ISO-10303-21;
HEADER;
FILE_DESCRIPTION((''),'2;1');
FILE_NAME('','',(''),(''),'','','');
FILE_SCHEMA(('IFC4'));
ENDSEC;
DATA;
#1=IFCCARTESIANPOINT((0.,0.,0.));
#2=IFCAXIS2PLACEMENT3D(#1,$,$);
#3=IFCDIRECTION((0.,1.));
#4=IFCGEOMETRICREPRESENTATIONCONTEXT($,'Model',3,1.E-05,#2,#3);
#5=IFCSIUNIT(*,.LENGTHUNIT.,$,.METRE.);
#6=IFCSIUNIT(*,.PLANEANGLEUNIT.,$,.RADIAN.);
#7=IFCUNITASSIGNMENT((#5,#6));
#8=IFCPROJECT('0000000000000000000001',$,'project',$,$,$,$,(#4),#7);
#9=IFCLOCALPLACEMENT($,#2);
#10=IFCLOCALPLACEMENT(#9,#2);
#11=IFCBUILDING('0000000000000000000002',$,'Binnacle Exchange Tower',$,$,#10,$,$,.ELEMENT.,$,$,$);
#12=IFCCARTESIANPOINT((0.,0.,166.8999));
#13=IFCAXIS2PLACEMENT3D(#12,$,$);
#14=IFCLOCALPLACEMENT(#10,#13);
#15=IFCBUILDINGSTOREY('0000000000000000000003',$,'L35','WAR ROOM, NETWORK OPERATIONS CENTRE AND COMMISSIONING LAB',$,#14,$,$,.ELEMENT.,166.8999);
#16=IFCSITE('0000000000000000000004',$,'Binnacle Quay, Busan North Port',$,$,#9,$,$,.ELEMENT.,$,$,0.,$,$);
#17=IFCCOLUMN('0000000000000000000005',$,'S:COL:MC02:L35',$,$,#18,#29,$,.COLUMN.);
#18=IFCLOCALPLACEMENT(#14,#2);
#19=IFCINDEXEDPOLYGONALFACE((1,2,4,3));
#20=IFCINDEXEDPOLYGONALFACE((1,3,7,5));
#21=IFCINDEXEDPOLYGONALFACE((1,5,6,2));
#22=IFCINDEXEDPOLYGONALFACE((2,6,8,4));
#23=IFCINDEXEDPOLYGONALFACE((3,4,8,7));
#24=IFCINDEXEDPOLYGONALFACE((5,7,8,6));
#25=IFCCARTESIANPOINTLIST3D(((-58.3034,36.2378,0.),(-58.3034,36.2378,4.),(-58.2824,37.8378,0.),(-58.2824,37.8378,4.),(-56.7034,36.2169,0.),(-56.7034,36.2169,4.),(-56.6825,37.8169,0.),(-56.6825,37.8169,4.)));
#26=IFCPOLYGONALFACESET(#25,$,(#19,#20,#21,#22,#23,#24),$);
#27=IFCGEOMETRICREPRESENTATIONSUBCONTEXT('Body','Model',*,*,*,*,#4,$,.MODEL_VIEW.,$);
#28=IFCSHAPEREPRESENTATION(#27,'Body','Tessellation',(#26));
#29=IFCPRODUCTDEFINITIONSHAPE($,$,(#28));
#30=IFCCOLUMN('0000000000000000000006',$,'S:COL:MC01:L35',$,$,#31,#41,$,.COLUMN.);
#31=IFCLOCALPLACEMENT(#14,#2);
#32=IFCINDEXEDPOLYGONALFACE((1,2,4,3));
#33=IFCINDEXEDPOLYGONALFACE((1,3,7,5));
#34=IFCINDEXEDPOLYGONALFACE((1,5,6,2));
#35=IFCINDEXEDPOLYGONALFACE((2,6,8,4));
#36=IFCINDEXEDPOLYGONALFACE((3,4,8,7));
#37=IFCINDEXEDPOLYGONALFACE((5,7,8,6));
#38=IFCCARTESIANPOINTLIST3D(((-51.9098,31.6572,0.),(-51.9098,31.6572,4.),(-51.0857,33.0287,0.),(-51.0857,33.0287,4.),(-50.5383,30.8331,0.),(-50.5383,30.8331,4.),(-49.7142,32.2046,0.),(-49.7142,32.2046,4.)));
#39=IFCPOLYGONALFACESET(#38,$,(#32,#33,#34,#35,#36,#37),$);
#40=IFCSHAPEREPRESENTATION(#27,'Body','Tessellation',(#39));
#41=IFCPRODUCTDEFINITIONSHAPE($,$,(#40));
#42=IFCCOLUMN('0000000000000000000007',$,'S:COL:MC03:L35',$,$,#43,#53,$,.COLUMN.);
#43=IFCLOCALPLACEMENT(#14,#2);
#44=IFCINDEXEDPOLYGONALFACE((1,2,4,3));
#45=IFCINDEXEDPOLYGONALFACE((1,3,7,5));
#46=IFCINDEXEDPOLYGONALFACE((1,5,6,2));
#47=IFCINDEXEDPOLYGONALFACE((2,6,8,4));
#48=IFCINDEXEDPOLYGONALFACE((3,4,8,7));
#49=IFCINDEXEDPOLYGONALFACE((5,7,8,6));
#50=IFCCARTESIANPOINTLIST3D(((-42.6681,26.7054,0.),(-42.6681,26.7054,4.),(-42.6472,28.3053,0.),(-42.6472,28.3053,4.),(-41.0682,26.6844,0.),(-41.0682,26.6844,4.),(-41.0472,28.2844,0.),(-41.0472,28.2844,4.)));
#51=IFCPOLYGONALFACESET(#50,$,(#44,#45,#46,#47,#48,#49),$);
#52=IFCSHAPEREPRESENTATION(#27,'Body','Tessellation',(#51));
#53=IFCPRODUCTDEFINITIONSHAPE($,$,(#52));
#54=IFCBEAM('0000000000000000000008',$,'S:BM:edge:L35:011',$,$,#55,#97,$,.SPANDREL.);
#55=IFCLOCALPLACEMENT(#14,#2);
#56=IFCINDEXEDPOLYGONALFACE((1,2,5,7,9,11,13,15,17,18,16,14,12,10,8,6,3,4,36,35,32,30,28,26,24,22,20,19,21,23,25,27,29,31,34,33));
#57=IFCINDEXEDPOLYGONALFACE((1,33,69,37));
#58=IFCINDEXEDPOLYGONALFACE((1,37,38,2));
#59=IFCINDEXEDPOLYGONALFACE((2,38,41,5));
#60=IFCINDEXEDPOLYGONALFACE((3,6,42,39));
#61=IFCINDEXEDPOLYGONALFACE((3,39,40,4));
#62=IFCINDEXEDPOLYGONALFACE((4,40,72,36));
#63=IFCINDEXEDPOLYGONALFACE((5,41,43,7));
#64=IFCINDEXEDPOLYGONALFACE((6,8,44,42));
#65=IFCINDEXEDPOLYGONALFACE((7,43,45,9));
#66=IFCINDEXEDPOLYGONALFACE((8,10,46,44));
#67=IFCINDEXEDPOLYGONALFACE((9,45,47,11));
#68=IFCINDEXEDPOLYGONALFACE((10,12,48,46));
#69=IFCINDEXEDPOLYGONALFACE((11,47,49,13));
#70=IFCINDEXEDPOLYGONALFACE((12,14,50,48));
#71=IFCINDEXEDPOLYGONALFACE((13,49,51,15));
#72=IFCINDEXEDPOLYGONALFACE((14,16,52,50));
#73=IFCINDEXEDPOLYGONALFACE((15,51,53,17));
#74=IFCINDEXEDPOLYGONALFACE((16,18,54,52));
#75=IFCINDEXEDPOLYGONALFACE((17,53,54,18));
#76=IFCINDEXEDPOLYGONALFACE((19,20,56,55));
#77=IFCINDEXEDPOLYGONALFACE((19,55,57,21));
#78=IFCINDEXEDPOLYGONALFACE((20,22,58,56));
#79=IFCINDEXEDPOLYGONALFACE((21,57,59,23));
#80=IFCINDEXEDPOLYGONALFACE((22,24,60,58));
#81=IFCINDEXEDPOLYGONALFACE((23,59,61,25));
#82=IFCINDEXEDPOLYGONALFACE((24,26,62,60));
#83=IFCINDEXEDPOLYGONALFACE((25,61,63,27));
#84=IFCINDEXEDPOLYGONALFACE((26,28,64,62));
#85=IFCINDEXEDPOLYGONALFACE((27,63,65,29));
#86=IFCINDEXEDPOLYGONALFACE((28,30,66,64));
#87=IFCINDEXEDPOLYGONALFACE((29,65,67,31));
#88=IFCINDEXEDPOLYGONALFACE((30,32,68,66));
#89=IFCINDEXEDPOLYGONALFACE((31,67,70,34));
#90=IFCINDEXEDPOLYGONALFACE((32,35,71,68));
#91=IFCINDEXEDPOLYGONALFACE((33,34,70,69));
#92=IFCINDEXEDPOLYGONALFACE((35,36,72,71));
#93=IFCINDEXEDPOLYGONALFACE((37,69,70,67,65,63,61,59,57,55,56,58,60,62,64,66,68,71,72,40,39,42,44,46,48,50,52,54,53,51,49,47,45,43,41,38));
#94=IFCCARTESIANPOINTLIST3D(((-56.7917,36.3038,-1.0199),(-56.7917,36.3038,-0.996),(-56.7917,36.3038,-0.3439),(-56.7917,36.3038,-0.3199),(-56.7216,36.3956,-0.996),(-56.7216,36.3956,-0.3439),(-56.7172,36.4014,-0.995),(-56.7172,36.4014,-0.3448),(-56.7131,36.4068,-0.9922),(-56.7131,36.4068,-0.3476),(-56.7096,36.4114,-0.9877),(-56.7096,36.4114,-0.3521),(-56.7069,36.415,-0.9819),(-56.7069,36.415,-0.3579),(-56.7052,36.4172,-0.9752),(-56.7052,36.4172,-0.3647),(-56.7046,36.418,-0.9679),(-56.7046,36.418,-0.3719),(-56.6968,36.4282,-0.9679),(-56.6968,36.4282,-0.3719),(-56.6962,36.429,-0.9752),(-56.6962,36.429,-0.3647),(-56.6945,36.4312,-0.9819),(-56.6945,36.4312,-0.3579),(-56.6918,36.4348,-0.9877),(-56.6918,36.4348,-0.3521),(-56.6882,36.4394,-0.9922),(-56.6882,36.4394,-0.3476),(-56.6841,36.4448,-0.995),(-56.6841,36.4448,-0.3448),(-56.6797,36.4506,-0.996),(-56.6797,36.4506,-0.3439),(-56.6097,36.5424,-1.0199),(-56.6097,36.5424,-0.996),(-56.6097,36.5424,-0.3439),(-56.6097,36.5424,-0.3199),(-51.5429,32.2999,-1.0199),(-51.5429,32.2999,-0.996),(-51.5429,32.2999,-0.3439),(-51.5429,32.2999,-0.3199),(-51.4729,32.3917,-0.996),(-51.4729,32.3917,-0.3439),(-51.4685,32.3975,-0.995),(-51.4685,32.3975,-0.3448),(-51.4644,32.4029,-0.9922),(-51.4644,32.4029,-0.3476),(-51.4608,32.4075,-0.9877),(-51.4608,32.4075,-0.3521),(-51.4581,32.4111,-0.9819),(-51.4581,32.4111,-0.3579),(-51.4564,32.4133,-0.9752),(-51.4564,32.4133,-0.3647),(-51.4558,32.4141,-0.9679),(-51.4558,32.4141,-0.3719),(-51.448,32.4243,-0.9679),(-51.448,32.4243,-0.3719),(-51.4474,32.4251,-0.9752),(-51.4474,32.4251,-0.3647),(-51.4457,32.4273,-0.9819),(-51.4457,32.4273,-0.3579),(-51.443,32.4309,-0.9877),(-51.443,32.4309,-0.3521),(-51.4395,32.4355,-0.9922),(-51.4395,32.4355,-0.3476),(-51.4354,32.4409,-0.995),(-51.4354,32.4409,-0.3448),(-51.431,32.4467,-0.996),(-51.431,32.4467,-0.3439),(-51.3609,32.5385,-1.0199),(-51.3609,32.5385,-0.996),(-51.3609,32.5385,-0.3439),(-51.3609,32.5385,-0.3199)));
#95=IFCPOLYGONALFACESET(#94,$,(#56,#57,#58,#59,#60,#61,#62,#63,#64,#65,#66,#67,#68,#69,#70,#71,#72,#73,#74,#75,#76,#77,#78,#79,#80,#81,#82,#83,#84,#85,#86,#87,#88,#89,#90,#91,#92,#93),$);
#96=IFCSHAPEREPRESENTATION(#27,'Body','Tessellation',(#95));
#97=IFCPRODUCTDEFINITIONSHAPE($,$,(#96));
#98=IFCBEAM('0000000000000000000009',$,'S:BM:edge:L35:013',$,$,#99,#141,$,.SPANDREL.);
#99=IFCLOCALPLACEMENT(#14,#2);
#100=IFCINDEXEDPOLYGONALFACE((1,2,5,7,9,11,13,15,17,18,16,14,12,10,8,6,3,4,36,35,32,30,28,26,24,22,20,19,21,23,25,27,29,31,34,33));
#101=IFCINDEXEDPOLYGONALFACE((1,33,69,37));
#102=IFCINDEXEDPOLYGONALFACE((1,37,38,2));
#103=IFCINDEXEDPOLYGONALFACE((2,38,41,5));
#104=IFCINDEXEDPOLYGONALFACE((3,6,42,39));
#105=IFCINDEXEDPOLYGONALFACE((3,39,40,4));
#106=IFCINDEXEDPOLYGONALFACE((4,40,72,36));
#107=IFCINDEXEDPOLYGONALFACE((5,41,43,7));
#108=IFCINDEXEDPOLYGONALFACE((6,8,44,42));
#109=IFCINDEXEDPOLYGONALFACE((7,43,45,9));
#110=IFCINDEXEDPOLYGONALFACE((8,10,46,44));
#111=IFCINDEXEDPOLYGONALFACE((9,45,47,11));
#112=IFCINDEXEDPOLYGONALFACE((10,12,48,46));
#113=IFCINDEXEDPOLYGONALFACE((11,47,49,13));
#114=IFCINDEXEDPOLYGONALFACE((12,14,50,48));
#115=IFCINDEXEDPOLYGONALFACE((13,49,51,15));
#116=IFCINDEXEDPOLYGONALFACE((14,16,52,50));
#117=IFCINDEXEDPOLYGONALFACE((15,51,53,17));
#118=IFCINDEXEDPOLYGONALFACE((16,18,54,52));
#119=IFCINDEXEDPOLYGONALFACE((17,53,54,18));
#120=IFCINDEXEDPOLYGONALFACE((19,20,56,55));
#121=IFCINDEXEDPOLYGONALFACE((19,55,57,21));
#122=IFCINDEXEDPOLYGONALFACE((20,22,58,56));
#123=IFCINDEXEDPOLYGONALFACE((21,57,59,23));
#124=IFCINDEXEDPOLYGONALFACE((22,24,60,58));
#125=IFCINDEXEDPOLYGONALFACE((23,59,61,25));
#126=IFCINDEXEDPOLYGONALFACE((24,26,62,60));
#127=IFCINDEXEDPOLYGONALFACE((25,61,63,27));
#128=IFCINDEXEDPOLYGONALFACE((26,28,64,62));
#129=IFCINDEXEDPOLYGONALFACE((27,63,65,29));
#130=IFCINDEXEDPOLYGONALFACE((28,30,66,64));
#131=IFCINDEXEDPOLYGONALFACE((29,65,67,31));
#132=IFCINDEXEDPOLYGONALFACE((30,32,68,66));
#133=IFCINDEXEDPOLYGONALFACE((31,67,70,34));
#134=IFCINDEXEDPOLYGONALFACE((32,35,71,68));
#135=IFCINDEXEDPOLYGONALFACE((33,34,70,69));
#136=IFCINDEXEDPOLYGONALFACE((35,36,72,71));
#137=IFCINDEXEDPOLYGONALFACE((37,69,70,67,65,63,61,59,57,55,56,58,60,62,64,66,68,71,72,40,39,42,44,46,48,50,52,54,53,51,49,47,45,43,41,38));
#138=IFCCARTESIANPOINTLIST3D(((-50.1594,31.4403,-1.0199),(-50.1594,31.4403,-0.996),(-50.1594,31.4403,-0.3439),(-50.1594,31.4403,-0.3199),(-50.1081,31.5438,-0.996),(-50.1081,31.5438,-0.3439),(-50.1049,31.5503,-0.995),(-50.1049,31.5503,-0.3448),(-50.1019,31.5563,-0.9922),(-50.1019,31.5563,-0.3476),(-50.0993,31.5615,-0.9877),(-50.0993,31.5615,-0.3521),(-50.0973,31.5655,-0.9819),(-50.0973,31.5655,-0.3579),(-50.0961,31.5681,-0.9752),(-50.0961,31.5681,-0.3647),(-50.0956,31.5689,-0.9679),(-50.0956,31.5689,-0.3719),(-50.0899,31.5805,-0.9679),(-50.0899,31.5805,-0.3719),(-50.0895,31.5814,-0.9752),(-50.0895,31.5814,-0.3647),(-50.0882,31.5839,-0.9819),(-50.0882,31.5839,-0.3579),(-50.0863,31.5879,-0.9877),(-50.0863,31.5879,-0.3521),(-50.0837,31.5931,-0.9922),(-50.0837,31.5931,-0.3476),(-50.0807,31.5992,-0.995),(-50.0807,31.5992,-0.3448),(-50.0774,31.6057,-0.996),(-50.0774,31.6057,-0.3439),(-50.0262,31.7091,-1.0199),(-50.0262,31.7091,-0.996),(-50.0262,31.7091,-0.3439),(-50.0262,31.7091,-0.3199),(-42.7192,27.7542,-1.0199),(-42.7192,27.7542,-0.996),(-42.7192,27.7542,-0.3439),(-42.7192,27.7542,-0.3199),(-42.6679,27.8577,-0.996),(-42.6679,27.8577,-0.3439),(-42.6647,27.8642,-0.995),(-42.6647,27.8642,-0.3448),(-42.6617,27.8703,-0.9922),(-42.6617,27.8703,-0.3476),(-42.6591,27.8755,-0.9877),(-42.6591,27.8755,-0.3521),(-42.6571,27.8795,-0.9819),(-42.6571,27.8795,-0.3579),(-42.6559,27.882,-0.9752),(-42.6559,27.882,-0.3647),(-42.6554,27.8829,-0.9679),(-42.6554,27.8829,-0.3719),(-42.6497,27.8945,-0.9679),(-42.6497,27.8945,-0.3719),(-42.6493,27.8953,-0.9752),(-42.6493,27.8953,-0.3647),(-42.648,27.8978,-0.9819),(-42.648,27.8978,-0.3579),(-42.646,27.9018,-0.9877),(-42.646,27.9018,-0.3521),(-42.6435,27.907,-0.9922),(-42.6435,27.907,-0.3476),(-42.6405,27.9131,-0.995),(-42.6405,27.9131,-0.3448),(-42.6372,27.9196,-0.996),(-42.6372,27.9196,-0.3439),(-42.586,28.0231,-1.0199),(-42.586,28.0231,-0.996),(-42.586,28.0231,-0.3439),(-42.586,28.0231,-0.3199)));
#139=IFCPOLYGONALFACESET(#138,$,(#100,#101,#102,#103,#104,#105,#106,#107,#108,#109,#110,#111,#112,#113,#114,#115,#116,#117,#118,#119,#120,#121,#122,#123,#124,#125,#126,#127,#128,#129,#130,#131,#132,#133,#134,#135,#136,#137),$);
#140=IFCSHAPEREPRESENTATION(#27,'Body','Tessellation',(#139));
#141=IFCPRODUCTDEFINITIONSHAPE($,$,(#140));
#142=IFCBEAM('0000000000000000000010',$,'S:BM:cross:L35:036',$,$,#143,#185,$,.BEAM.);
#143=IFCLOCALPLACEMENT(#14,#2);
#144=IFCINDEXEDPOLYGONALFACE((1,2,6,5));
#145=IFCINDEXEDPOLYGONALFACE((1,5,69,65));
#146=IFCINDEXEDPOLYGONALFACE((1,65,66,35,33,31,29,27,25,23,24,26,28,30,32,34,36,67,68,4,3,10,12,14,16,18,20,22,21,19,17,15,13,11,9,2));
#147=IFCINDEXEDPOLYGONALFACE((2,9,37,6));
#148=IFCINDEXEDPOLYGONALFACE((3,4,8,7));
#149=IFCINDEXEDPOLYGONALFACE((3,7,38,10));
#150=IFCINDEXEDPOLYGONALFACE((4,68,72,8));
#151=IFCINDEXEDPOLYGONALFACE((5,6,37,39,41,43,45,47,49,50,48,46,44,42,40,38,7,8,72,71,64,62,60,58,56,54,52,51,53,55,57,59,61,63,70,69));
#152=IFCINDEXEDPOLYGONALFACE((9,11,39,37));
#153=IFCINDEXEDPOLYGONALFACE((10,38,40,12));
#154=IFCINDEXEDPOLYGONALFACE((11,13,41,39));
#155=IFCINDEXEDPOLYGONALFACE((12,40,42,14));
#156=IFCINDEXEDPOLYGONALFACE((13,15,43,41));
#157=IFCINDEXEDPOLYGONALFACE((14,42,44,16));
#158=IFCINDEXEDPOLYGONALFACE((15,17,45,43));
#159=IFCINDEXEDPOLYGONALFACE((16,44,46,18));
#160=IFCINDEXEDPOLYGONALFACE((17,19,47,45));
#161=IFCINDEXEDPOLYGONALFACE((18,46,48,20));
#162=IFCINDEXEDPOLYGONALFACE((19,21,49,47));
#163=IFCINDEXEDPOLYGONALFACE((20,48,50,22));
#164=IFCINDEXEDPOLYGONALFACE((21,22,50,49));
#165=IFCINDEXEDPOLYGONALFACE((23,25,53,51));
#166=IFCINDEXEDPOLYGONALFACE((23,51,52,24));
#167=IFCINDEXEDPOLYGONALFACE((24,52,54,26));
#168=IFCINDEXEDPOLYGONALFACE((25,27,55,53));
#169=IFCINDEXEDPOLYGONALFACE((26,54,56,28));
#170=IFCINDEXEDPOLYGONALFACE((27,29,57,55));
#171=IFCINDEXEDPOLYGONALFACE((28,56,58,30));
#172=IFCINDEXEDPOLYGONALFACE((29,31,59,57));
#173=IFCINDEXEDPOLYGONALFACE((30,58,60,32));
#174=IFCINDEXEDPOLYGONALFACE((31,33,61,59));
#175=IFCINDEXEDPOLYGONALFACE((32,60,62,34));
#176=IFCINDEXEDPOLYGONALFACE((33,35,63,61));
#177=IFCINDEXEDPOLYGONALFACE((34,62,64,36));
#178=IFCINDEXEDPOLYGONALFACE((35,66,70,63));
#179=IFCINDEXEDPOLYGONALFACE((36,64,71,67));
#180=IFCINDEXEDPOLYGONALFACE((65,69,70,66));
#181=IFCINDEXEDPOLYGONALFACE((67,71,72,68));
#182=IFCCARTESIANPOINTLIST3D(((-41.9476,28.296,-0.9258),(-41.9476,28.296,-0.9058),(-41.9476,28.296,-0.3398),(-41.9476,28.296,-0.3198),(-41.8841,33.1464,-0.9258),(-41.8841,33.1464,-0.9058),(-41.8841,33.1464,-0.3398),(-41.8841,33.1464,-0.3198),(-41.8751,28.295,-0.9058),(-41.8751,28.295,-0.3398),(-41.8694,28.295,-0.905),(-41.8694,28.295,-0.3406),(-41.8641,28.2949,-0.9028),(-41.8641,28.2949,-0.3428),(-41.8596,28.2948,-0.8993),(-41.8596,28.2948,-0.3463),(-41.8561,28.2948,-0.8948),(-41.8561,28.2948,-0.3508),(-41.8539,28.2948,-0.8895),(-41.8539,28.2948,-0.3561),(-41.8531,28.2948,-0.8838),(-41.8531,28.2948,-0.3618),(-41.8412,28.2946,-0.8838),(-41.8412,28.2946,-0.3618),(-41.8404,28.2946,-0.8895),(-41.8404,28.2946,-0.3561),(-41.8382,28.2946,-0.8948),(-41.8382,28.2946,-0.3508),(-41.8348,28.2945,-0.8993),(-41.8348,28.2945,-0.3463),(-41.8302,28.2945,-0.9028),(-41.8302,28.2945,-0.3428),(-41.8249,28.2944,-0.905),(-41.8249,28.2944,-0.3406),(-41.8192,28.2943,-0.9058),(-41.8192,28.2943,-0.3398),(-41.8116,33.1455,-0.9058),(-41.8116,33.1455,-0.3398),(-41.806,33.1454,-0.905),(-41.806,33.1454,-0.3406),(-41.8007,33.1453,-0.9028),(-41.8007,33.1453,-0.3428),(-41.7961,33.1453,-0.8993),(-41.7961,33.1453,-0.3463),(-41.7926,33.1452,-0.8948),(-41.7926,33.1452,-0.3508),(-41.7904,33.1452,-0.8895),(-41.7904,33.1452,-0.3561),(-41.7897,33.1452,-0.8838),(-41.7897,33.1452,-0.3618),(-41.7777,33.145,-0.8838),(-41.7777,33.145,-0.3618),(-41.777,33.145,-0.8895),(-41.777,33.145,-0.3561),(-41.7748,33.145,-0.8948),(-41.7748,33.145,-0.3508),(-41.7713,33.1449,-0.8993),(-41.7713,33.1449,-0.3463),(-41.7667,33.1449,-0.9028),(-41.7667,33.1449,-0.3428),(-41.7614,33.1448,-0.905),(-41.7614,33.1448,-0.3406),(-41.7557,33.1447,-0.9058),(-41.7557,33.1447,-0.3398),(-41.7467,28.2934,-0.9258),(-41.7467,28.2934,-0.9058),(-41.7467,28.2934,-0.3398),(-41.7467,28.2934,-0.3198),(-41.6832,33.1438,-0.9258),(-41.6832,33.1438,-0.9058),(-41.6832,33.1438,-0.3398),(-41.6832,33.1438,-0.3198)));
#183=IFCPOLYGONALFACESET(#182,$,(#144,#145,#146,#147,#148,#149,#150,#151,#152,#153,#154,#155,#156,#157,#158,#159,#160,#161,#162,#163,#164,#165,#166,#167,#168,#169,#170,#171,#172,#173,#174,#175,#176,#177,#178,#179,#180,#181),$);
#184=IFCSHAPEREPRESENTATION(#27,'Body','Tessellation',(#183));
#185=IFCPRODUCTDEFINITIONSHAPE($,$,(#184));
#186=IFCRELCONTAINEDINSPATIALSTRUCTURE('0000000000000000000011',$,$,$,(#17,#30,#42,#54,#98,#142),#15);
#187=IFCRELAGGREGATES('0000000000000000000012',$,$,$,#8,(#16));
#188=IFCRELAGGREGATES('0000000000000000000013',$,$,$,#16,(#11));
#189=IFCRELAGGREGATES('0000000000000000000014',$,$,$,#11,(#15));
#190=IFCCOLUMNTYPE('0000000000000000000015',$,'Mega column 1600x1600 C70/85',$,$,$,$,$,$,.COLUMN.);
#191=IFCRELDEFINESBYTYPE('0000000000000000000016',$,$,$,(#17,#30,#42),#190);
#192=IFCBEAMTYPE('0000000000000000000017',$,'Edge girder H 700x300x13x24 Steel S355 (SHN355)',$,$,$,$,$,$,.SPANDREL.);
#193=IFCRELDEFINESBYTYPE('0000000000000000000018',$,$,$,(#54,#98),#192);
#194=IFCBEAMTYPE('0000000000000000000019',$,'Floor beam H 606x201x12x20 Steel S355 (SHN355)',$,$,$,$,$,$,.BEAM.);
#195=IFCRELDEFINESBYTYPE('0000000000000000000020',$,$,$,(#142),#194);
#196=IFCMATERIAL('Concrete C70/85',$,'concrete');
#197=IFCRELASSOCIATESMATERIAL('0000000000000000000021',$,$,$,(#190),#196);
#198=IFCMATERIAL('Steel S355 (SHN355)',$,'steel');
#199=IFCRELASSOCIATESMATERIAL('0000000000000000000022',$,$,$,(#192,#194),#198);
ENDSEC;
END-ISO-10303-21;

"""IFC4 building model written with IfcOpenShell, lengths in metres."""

from ifc_helpers import new_model, si_unit, direction, frame, origin, origin_2d, place, context, subcontext, project, spatial, rectangle, i_section, extrude, material, material_profile, profile_set, type_object, element, save


model = new_model("IFC4")

# Units and contexts
model_context = context("Model", 3, precision=1e-05, world=origin(), true_north=direction((0.0, 1.0)))
body_context = subcontext(model_context, "Body", "Model", "MODEL_VIEW")
ifc_project = project(units=[si_unit("LENGTHUNIT", "METRE"), si_unit("PLANEANGLEUNIT", "RADIAN")], contexts=[model_context])

# Site, building, storey
site_placement = place(None, origin())
site = spatial("IfcSite", under=ifc_project, at=site_placement, Name="Binnacle Quay, Busan North Port", CompositionType="ELEMENT", RefElevation=0.0)
building_placement = place(site_placement, origin())
building = spatial("IfcBuilding", under=site, at=building_placement, Name="Binnacle Exchange Tower", CompositionType="ELEMENT")
storey_placement = place(building_placement, frame((0.0, 0.0, 166.8999)))
storey = spatial("IfcBuildingStorey", under=building, at=storey_placement, Name="L35", Description="WAR ROOM, NETWORK OPERATIONS CENTRE AND COMMISSIONING LAB", CompositionType="ELEMENT", Elevation=166.8999)

# Columns
ifc_material_1 = material(Name="Concrete C70/85", Category="concrete")
ifc_material_profile_1 = material_profile(ifc_material_1, rectangle(XDim=1.6001, YDim=1.6001, at=origin_2d()), Name="Mega column 1600x1600 C70/85")
ifc_profile_set_1 = profile_set([ifc_material_profile_1], Name="Concrete C70/85")
column_type = type_object("IfcColumnType", Name="Mega column 1600x1600 C70/85", PredefinedType="COLUMN", material=ifc_profile_set_1)
for number, where, z_axis, x_axis, name in (
    (1, (-57.4929, 37.0273, 0.0), (0.0, 0.0, 1.0), (-0.01309, -0.999914, 0.0), "S:COL:MC02:L35"),
    (2, (-50.812, 31.9309, 0.0), (0.0, 0.0, 1.0), (0.857167, -0.515038, 0.0), "S:COL:MC01:L35"),
    (3, (-41.8577, 27.4949, 0.0), (0.0, 0.0, 1.0), (0.999914, -0.01309, 0.0), "S:COL:MC03:L35"),
):
    element("IfcColumn", number, at=place(storey_placement, frame(where, z_axis=z_axis, x_axis=x_axis)), inside=storey, type_object=column_type, Name=name, PredefinedType="COLUMN", context=body_context, shape_type="SweptSolid", body=[
        extrude(rectangle(XDim=1.6001, YDim=1.6001, at=origin_2d()), origin(), (0.0, 0.0, 1.0), 4.0),
    ])

# Beams
ifc_material_2 = material(Name="Steel S355 (SHN355)", Category="steel")
ifc_material_profile_2 = material_profile(ifc_material_2, i_section(OverallWidth=0.3, OverallDepth=0.7, WebThickness=0.0129, FlangeThickness=0.0239, FilletRadius=0.0281, at=origin_2d()), Name="H 700x300x13x24")
ifc_profile_set_2 = profile_set([ifc_material_profile_2], Name="Steel S355 (SHN355)")
beam_type_1 = type_object("IfcBeamType", Name="Edge girder H 700x300x13x24 Steel S355 (SHN355)", PredefinedType="SPANDREL", material=ifc_profile_set_2)
beam_1_placement = place(storey_placement, frame((-56.7007, 36.4231, -0.6699), z_axis=(0.795078, -0.606507, 0.0), x_axis=(0.606507, 0.795078, 0.0)))
element("IfcBeam", 4, at=beam_1_placement, inside=storey, type_object=beam_type_1, Name="S:BM:edge:L35:011", PredefinedType="SPANDREL", context=body_context, shape_type="SweptSolid", body=[
    extrude(i_section(OverallWidth=0.3, OverallDepth=0.7, WebThickness=0.0129, FlangeThickness=0.0239, FilletRadius=0.0281, at=origin_2d()), origin(), (0.0, 0.0, 1.0), 6.6016),
])
beam_2_placement = place(storey_placement, frame((-50.0928, 31.5747, -0.6699), z_axis=(0.896062, -0.443929, 0.0), x_axis=(0.443929, 0.896062, 0.0)))
element("IfcBeam", 5, at=beam_2_placement, inside=storey, type_object=beam_type_1, Name="S:BM:edge:L35:013", PredefinedType="SPANDREL", context=body_context, shape_type="SweptSolid", body=[
    extrude(i_section(OverallWidth=0.3, OverallDepth=0.7, WebThickness=0.0129, FlangeThickness=0.0239, FilletRadius=0.0281, at=origin_2d()), origin(), (0.0, 0.0, 1.0), 8.3032),
])
ifc_material_profile_3 = material_profile(ifc_material_2, i_section(OverallWidth=0.2009, OverallDepth=0.606, WebThickness=0.012, FlangeThickness=0.02, FilletRadius=0.022, at=origin_2d()), Name="H 606x201x12x20")
ifc_profile_set_3 = profile_set([ifc_material_profile_3], Name="Steel S355 (SHN355)")
beam_type_2 = type_object("IfcBeamType", Name="Floor beam H 606x201x12x20 Steel S355 (SHN355)", PredefinedType="BEAM", material=ifc_profile_set_3)
beam_3_placement = place(storey_placement, frame((-41.8472, 28.2947, -0.6228), z_axis=(0.013086, 0.999914, 0.0), x_axis=(-0.999914, 0.013086, 0.0)))
element("IfcBeam", 6, at=beam_3_placement, inside=storey, type_object=beam_type_2, Name="S:BM:cross:L35:036", PredefinedType="BEAM", context=body_context, shape_type="SweptSolid", body=[
    extrude(i_section(OverallWidth=0.2009, OverallDepth=0.606, WebThickness=0.012, FlangeThickness=0.02, FilletRadius=0.022, at=origin_2d()), origin(), (0.0, 0.0, 1.0), 4.8508),
])

save(model, "model.ifc")
